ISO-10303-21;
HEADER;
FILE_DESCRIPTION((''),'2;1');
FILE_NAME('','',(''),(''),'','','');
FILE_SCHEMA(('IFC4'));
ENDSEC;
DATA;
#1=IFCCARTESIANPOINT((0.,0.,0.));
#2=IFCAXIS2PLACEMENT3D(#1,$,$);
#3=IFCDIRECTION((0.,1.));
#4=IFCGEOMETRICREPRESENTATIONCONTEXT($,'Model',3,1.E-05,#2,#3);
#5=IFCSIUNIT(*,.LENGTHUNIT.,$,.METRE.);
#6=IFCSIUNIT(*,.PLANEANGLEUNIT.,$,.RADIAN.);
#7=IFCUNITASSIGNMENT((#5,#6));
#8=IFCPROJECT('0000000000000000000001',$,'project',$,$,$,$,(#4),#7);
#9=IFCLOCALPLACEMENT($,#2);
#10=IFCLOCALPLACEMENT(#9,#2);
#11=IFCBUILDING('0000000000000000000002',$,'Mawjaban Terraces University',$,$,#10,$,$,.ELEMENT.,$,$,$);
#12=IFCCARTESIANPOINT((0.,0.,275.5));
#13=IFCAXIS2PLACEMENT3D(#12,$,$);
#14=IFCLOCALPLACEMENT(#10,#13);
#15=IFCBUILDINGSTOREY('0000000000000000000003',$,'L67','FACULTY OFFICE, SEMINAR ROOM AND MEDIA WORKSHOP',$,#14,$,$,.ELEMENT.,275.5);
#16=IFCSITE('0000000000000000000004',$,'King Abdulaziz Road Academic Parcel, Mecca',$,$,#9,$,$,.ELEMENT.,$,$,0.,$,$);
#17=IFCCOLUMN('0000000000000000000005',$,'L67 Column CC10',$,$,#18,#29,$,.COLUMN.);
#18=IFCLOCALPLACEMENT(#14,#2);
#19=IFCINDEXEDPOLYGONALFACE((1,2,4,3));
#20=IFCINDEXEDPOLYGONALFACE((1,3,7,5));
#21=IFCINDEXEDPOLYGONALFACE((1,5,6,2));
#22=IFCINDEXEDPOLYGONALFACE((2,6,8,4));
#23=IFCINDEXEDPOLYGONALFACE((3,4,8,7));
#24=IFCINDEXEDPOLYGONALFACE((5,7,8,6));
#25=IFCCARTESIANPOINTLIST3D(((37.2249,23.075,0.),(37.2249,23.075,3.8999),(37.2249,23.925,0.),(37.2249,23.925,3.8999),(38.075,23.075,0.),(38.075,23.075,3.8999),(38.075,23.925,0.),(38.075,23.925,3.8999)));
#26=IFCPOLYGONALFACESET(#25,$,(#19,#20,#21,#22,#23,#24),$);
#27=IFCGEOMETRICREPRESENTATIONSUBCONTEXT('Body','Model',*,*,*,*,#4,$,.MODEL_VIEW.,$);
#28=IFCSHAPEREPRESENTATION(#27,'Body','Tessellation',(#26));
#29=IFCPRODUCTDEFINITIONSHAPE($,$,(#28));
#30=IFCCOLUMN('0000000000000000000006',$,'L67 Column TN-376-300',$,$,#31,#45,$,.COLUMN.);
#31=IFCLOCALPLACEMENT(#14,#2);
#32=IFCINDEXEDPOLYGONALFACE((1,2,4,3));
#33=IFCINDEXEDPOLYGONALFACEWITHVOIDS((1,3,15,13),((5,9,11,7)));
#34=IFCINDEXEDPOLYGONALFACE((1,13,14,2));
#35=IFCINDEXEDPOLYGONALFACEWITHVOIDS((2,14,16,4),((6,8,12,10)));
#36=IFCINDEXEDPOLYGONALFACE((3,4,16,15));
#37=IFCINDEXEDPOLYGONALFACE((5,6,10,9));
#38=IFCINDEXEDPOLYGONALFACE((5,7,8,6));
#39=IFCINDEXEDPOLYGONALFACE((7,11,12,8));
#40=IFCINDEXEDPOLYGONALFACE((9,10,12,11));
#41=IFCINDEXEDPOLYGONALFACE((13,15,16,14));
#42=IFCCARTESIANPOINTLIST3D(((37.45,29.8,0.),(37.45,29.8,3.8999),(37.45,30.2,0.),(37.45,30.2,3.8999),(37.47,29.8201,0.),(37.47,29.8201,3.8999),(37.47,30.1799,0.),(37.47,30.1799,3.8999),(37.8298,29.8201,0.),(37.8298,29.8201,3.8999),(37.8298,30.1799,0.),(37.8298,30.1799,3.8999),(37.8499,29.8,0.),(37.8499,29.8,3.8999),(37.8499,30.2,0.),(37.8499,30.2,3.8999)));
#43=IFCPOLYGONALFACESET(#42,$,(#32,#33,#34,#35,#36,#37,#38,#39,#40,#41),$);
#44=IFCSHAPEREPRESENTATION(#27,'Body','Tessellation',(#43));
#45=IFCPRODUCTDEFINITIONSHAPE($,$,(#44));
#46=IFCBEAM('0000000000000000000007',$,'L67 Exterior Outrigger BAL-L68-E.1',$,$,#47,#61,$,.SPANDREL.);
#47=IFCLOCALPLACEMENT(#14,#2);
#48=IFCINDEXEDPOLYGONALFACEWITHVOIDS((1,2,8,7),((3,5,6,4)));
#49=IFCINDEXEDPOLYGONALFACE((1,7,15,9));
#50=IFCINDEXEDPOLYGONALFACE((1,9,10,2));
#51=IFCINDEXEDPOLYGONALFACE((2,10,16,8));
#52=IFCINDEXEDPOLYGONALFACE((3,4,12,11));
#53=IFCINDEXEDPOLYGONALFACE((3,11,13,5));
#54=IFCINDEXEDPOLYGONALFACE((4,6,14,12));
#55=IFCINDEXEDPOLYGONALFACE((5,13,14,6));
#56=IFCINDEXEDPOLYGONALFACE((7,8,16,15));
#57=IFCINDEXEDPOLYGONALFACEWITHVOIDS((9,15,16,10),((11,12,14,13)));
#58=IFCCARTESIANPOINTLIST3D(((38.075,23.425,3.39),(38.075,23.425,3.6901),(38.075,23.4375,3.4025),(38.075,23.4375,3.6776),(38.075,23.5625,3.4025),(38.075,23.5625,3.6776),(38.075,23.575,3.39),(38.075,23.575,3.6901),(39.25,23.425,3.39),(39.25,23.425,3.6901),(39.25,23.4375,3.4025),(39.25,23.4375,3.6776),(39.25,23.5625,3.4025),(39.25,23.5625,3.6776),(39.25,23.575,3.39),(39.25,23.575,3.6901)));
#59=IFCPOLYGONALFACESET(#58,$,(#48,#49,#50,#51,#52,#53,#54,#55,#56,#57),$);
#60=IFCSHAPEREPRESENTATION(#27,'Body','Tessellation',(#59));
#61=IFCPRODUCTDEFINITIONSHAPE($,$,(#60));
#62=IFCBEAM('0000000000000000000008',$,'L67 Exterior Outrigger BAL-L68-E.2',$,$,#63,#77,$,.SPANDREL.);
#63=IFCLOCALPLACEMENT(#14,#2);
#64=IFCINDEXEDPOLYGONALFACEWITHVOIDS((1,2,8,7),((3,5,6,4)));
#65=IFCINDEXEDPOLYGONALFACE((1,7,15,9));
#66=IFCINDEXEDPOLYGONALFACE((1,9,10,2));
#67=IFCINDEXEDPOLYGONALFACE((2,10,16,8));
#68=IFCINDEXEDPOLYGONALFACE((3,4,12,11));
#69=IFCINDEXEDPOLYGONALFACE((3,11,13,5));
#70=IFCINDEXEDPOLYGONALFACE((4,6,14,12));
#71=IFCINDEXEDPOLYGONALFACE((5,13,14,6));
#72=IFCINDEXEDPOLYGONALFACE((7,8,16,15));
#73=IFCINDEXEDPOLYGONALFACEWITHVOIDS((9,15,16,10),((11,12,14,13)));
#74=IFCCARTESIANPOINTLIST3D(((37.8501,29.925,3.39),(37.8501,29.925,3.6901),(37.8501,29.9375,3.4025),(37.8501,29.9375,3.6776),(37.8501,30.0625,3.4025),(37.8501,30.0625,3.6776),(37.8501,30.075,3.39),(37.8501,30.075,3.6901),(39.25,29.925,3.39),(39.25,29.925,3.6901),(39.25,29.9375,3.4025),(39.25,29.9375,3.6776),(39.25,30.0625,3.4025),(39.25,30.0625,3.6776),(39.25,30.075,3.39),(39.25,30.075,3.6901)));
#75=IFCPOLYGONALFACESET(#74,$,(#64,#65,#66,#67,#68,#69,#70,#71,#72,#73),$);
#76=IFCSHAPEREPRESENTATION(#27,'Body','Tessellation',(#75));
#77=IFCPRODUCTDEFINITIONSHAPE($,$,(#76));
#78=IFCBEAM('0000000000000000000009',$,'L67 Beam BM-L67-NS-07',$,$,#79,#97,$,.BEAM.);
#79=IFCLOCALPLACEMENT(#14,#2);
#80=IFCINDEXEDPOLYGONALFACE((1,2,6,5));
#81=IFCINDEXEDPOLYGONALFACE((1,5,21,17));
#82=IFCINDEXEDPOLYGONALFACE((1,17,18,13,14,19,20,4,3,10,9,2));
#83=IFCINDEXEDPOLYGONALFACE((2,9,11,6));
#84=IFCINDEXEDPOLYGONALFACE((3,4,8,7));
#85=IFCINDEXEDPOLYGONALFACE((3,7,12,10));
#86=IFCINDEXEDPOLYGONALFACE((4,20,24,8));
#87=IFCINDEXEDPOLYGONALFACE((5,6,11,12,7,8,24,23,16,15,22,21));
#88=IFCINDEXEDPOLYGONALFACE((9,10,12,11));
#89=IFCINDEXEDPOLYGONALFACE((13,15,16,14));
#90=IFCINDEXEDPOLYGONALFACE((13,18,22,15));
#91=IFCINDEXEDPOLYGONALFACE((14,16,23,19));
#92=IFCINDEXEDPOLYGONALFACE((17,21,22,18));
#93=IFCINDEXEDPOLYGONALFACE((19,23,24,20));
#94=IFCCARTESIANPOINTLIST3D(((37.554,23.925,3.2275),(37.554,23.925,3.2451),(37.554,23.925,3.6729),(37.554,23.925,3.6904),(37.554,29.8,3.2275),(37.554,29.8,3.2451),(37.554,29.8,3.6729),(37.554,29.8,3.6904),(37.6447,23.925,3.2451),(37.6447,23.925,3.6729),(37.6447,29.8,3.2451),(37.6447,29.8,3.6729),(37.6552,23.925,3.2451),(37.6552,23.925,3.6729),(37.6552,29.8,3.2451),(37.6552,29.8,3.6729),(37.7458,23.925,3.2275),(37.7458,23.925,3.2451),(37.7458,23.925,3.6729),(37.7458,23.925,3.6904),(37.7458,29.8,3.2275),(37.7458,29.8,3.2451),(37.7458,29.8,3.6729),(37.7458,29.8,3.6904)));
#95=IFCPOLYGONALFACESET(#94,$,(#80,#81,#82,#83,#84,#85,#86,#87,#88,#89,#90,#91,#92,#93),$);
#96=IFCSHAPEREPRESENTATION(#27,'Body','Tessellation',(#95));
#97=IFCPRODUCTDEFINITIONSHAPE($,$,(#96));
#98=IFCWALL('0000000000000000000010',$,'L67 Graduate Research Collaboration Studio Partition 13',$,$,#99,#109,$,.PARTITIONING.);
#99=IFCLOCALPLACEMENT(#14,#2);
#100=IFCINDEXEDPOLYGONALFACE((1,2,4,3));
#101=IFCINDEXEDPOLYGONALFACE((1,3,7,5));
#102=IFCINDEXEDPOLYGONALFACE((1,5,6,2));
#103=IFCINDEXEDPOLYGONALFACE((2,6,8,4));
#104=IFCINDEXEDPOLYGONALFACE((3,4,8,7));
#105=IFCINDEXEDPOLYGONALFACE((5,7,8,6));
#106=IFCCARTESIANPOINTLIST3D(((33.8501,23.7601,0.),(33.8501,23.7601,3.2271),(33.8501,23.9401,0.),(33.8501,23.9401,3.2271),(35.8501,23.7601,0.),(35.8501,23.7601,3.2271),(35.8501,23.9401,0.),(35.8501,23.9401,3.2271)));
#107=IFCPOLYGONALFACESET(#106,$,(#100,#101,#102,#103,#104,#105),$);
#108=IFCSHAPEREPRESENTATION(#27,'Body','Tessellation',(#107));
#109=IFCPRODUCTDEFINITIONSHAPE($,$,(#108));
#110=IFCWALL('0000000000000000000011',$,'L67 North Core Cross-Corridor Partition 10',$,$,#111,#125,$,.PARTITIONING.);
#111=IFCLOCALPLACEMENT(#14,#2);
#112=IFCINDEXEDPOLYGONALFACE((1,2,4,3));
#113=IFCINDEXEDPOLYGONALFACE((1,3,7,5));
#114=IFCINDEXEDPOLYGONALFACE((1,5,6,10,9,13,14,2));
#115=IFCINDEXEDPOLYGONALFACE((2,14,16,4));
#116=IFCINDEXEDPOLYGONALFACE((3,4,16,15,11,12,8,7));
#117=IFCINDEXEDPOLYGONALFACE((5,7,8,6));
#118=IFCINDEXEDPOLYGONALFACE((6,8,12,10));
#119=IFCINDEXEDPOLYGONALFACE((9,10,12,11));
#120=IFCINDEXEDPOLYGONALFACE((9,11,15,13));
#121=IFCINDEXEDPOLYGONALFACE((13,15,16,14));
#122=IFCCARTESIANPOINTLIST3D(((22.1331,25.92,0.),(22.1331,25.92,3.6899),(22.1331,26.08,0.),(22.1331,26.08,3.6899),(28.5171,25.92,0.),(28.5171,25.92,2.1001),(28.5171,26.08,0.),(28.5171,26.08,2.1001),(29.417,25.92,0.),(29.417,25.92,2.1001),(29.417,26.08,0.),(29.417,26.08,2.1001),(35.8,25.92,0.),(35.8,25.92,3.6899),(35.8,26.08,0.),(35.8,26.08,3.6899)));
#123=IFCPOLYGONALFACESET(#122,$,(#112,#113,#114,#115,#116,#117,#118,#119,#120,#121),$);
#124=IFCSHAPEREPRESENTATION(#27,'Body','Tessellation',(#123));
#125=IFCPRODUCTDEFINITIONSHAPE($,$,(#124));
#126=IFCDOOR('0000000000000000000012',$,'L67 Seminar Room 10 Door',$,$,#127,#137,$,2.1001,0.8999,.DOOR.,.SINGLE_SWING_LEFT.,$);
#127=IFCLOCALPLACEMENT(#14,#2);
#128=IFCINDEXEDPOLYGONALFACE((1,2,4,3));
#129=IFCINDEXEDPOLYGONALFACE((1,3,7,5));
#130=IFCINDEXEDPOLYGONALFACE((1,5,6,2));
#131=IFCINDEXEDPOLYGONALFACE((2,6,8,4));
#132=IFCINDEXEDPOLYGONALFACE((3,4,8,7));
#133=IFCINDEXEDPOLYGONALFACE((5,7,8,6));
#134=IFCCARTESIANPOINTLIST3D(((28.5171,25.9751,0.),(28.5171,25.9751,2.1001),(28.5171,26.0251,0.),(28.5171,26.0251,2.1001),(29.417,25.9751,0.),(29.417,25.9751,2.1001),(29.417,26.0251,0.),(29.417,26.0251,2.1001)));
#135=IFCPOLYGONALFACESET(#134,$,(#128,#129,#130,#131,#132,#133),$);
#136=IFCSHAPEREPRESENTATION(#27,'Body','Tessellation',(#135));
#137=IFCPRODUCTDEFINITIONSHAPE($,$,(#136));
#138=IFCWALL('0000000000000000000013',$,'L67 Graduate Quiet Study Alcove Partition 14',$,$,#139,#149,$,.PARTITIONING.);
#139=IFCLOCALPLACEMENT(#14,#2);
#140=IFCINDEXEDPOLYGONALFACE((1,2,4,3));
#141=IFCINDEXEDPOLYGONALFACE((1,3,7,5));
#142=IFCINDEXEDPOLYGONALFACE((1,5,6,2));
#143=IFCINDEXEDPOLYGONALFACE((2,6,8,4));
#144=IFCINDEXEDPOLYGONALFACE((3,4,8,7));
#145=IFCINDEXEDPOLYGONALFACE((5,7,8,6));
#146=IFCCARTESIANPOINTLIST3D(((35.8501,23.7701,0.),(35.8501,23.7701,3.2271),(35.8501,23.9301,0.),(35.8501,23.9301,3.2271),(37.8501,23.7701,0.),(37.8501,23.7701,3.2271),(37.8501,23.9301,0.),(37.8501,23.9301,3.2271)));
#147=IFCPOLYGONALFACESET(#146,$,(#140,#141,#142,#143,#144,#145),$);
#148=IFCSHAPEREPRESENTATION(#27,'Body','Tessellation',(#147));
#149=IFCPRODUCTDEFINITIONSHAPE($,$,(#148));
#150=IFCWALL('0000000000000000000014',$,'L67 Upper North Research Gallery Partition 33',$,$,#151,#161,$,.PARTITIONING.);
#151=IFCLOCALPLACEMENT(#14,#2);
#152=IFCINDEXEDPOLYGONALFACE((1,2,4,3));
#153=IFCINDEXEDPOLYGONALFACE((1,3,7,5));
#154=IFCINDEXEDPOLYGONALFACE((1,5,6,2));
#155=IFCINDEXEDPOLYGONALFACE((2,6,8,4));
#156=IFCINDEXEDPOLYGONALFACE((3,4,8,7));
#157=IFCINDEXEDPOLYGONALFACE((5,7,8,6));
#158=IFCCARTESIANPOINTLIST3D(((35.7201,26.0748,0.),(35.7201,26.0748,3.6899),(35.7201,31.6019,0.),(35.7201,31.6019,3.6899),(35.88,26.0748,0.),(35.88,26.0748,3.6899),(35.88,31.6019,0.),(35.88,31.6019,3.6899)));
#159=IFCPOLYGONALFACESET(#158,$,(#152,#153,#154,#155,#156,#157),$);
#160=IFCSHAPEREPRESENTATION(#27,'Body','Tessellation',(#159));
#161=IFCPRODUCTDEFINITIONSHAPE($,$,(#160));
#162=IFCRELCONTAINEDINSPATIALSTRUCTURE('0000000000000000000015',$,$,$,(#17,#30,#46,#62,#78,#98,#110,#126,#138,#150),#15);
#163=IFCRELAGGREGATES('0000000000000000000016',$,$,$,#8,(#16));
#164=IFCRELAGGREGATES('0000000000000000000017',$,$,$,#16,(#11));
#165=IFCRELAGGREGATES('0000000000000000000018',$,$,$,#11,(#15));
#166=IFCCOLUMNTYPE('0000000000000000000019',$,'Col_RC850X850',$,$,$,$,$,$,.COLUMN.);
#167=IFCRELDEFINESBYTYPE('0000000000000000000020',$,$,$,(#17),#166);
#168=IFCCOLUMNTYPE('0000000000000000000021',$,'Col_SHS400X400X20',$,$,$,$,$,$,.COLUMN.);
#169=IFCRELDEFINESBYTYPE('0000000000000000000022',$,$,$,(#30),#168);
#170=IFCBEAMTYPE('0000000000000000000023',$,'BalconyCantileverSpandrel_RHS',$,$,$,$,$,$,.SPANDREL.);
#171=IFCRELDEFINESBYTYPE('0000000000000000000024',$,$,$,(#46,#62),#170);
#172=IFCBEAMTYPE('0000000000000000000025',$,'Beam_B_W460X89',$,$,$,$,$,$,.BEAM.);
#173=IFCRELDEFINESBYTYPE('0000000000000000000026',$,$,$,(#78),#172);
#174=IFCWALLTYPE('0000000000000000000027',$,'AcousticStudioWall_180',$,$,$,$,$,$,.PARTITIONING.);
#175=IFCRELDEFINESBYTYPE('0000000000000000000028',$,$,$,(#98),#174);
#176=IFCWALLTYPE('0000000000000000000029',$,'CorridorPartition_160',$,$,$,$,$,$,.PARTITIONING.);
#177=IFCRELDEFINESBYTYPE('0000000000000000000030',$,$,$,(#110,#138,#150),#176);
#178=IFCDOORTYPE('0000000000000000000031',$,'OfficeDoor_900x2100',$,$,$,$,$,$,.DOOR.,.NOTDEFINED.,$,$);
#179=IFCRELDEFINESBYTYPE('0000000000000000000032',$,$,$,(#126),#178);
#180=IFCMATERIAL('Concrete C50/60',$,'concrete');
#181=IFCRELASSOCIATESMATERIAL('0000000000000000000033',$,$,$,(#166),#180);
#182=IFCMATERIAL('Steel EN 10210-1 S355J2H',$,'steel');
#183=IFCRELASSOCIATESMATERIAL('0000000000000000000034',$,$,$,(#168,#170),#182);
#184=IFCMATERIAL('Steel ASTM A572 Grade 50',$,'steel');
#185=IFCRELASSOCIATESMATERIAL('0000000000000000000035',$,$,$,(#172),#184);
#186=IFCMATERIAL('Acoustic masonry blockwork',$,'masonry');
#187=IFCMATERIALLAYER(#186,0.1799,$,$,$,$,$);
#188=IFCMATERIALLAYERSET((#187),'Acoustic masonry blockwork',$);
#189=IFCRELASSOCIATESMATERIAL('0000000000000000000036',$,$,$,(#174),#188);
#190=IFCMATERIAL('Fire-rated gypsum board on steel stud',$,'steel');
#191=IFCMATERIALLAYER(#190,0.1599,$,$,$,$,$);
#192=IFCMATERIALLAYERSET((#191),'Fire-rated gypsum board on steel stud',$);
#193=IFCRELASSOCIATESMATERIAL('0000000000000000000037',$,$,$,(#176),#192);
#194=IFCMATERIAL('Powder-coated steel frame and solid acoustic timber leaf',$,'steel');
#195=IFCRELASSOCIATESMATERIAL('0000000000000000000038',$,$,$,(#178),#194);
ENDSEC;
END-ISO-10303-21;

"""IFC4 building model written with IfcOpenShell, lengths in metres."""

from ifc_helpers import new_model, si_unit, direction, frame, frame_2d, origin, origin_2d, place, context, subcontext, project, spatial, rectangle, hollow_rectangle, i_section, extrude, material, layer, layer_set, material_profile, profile_set, type_object, element, fill, save


model = new_model("IFC4")

# Units and contexts
model_context = context("Model", 3, precision=1e-05, world=origin(), true_north=direction((0.0, 1.0)))
body_context = subcontext(model_context, "Body", "Model", "MODEL_VIEW")
ifc_project = project(units=[si_unit("LENGTHUNIT", "METRE"), si_unit("PLANEANGLEUNIT", "RADIAN")], contexts=[model_context])

# Site, building, storey
site_placement = place(None, origin())
site = spatial("IfcSite", under=ifc_project, at=site_placement, Name="King Abdulaziz Road Academic Parcel, Mecca", CompositionType="ELEMENT", RefElevation=0.0)
building_placement = place(site_placement, origin())
building = spatial("IfcBuilding", under=site, at=building_placement, Name="Mawjaban Terraces University", CompositionType="ELEMENT")
storey_placement = place(building_placement, frame((0.0, 0.0, 275.5)))
storey = spatial("IfcBuildingStorey", under=building, at=storey_placement, Name="L67", Description="FACULTY OFFICE, SEMINAR ROOM AND MEDIA WORKSHOP", CompositionType="ELEMENT", Elevation=275.5)

# Columns
ifc_material_1 = material(Name="Concrete C50/60", Category="concrete")
ifc_material_profile_1 = material_profile(ifc_material_1, rectangle(XDim=0.8501, YDim=0.8501, at=origin_2d()), Name="RC850X850")
ifc_profile_set_1 = profile_set([ifc_material_profile_1], Name="Concrete C50/60")
column_type_1 = type_object("IfcColumnType", Name="Col_RC850X850", PredefinedType="COLUMN", material=ifc_profile_set_1)
column_1_placement = place(storey_placement, frame((37.6499, 23.5, 0.0), z_axis=(0.0, 0.0, 1.0), x_axis=(1.0, 0.0, 0.0)))
element("IfcColumn", 1, at=column_1_placement, inside=storey, type_object=column_type_1, Name="L67 Column CC10", PredefinedType="COLUMN", context=body_context, shape_type="SweptSolid", body=[
    extrude(rectangle(XDim=0.8501, YDim=0.8501, at=origin_2d()), origin(), (0.0, 0.0, 1.0), 3.8999),
])
ifc_material_2 = material(Name="Steel EN 10210-1 S355J2H", Category="steel")
ifc_material_profile_2 = material_profile(ifc_material_2, hollow_rectangle(XDim=0.3999, YDim=0.3999, WallThickness=0.02, at=origin_2d()), Name="SHS400X400X20")
ifc_profile_set_2 = profile_set([ifc_material_profile_2], Name="Steel EN 10210-1 S355J2H")
column_type_2 = type_object("IfcColumnType", Name="Col_SHS400X400X20", PredefinedType="COLUMN", material=ifc_profile_set_2)
column_2_placement = place(storey_placement, frame((37.6499, 30.0, 0.0), z_axis=(0.0, 0.0, 1.0), x_axis=(1.0, 0.0, 0.0)))
element("IfcColumn", 2, at=column_2_placement, inside=storey, type_object=column_type_2, Name="L67 Column TN-376-300", PredefinedType="COLUMN", context=body_context, shape_type="SweptSolid", body=[
    extrude(hollow_rectangle(XDim=0.3999, YDim=0.3999, WallThickness=0.02, at=origin_2d()), origin(), (0.0, 0.0, 1.0), 3.8999),
])

# Beams
ifc_material_profile_3 = material_profile(ifc_material_2, hollow_rectangle(XDim=0.1499, YDim=0.3, WallThickness=0.0125, at=origin_2d()), Name="RHS300X150X12.5")
ifc_profile_set_3 = profile_set([ifc_material_profile_3], Name="Steel EN 10210-1 S355J2H")
beam_type_1 = type_object("IfcBeamType", Name="BalconyCantileverSpandrel_RHS", PredefinedType="SPANDREL", material=ifc_profile_set_3)
beam_1_placement = place(storey_placement, frame((38.075, 23.5, 3.54), z_axis=(1.0, 0.0, 0.0), x_axis=(0.0, 1.0, 0.0)))
element("IfcBeam", 3, at=beam_1_placement, inside=storey, type_object=beam_type_1, Name="L67 Exterior Outrigger BAL-L68-E.1", PredefinedType="SPANDREL", context=body_context, shape_type="SweptSolid", body=[
    extrude(hollow_rectangle(XDim=0.1499, YDim=0.3, WallThickness=0.0125, at=origin_2d()), origin(), (0.0, 0.0, 1.0), 1.175),
])
beam_2_placement = place(storey_placement, frame((37.8501, 30.0, 3.54), z_axis=(1.0, 0.0, 0.0), x_axis=(0.0, 1.0, 0.0)))
element("IfcBeam", 4, at=beam_2_placement, inside=storey, type_object=beam_type_1, Name="L67 Exterior Outrigger BAL-L68-E.2", PredefinedType="SPANDREL", context=body_context, shape_type="SweptSolid", body=[
    extrude(hollow_rectangle(XDim=0.1499, YDim=0.3, WallThickness=0.0125, at=origin_2d()), origin(), (0.0, 0.0, 1.0), 1.3999),
])
ifc_material_3 = material(Name="Steel ASTM A572 Grade 50", Category="steel")
ifc_material_profile_4 = material_profile(ifc_material_3, i_section(OverallWidth=0.1919, OverallDepth=0.4629, WebThickness=0.0105, FlangeThickness=0.0176, at=origin_2d()), Name="W460X89")
ifc_profile_set_4 = profile_set([ifc_material_profile_4], Name="Steel ASTM A572 Grade 50")
beam_type_2 = type_object("IfcBeamType", Name="Beam_B_W460X89", PredefinedType="BEAM", material=ifc_profile_set_4)
beam_3_placement = place(storey_placement, frame((37.6499, 23.925, 3.459), z_axis=(0.0, 1.0, 0.0), x_axis=(-1.0, 0.0, 0.0)))
element("IfcBeam", 5, at=beam_3_placement, inside=storey, type_object=beam_type_2, Name="L67 Beam BM-L67-NS-07", PredefinedType="BEAM", context=body_context, shape_type="SweptSolid", body=[
    extrude(i_section(OverallWidth=0.1919, OverallDepth=0.4629, WebThickness=0.0105, FlangeThickness=0.0176, at=origin_2d()), origin(), (0.0, 0.0, 1.0), 5.875),
])

# Wall
ifc_material_4 = material(Name="Acoustic masonry blockwork", Category="masonry")
ifc_layer_1 = layer(ifc_material_4, 0.1799)
ifc_layer_set_1 = layer_set([ifc_layer_1], Name="Acoustic masonry blockwork")
wall_type_1 = type_object("IfcWallType", Name="AcousticStudioWall_180", PredefinedType="PARTITIONING", material=ifc_layer_set_1)
wall_1_placement = place(storey_placement, frame((35.8501, 23.8501, 0.0), z_axis=(0.0, 0.0, 1.0), x_axis=(-1.0, 0.0, 0.0)))
element("IfcWall", 6, at=wall_1_placement, inside=storey, type_object=wall_type_1, Name="L67 Graduate Research Collaboration Studio Partition 13", PredefinedType="PARTITIONING", context=body_context, shape_type="SweptSolid", body=[
    extrude(rectangle(XDim=2.0, YDim=0.1799, at=frame_2d((1.0, 0.0))), origin(), (0.0, 0.0, 1.0), 3.2271),
])

# Wall, opening, door
ifc_material_5 = material(Name="Fire-rated gypsum board on steel stud", Category="steel")
ifc_layer_2 = layer(ifc_material_5, 0.1599)
ifc_layer_set_2 = layer_set([ifc_layer_2], Name="Fire-rated gypsum board on steel stud")
wall_type_2 = type_object("IfcWallType", Name="CorridorPartition_160", PredefinedType="PARTITIONING", material=ifc_layer_set_2)
wall_2_placement = place(storey_placement, frame((35.8, 26.0, 0.0), z_axis=(0.0, 0.0, 1.0), x_axis=(-1.0, 0.0, 0.0)))
wall_2 = element("IfcWall", 7, at=wall_2_placement, inside=storey, type_object=wall_type_2, Name="L67 North Core Cross-Corridor Partition 10", PredefinedType="PARTITIONING", context=body_context, shape_type="SweptSolid", body=[
    extrude(rectangle(XDim=13.667, YDim=0.1599, at=frame_2d((6.8335, 0.0))), origin(), (0.0, 0.0, 1.0), 3.6899),
])
opening_1_placement = place(wall_2_placement, frame((6.3831, 0.0, 0.0)))
opening_1 = element("IfcOpeningElement", 8, at=opening_1_placement, cuts=wall_2, PredefinedType="OPENING", context=body_context, shape_type="SweptSolid", body=[
    extrude(rectangle(XDim=0.8999, YDim=2.1001, at=frame_2d((0.45, 1.05))), frame((0.0, 0.0898, 0.0), z_axis=(0.0, -1.0, 0.0), x_axis=(1.0, 0.0, 0.0)), (0.0, 0.0, 1.0), 0.1799),
])
ifc_material_6 = material(Name="Powder-coated steel frame and solid acoustic timber leaf", Category="steel")
door_type_1 = type_object("IfcDoorType", Name="OfficeDoor_900x2100", OperationType="NOTDEFINED", PredefinedType="DOOR", material=ifc_material_6)
door_1_placement = place(opening_1_placement, origin())
door_1 = element("IfcDoor", 9, at=door_1_placement, inside=storey, type_object=door_type_1, Name="L67 Seminar Room 10 Door", OperationType="SINGLE_SWING_LEFT", OverallHeight=2.1001, OverallWidth=0.8999, PredefinedType="DOOR", context=body_context, shape_type="SweptSolid", body=[
    extrude(rectangle(XDim=0.8999, YDim=2.1001, at=frame_2d((0.45, 1.05))), frame((0.0, 0.0249, 0.0), z_axis=(0.0, -1.0, 0.0), x_axis=(1.0, 0.0, 0.0)), (0.0, 0.0, 1.0), 0.05),
])
fill(opening_1, door_1)

# Walls
wall_3_placement = place(storey_placement, frame((37.8501, 23.8501, 0.0), z_axis=(0.0, 0.0, 1.0), x_axis=(-1.0, 0.0, 0.0)))
element("IfcWall", 10, at=wall_3_placement, inside=storey, type_object=wall_type_2, Name="L67 Graduate Quiet Study Alcove Partition 14", PredefinedType="PARTITIONING", context=body_context, shape_type="SweptSolid", body=[
    extrude(rectangle(XDim=2.0, YDim=0.1599, at=frame_2d((1.0, 0.0))), origin(), (0.0, 0.0, 1.0), 3.2271),
])
wall_4_placement = place(storey_placement, frame((35.8, 31.6021, 0.0), z_axis=(0.0, 0.0, 1.0), x_axis=(0.0, -1.0, 0.0)))
element("IfcWall", 11, at=wall_4_placement, inside=storey, type_object=wall_type_2, Name="L67 Upper North Research Gallery Partition 33", PredefinedType="PARTITIONING", context=body_context, shape_type="SweptSolid", body=[
    extrude(rectangle(XDim=5.5271, YDim=0.1599, at=frame_2d((2.7637, 0.0))), origin(), (0.0, 0.0, 1.0), 3.6899),
])

save(model, "model.ifc")
